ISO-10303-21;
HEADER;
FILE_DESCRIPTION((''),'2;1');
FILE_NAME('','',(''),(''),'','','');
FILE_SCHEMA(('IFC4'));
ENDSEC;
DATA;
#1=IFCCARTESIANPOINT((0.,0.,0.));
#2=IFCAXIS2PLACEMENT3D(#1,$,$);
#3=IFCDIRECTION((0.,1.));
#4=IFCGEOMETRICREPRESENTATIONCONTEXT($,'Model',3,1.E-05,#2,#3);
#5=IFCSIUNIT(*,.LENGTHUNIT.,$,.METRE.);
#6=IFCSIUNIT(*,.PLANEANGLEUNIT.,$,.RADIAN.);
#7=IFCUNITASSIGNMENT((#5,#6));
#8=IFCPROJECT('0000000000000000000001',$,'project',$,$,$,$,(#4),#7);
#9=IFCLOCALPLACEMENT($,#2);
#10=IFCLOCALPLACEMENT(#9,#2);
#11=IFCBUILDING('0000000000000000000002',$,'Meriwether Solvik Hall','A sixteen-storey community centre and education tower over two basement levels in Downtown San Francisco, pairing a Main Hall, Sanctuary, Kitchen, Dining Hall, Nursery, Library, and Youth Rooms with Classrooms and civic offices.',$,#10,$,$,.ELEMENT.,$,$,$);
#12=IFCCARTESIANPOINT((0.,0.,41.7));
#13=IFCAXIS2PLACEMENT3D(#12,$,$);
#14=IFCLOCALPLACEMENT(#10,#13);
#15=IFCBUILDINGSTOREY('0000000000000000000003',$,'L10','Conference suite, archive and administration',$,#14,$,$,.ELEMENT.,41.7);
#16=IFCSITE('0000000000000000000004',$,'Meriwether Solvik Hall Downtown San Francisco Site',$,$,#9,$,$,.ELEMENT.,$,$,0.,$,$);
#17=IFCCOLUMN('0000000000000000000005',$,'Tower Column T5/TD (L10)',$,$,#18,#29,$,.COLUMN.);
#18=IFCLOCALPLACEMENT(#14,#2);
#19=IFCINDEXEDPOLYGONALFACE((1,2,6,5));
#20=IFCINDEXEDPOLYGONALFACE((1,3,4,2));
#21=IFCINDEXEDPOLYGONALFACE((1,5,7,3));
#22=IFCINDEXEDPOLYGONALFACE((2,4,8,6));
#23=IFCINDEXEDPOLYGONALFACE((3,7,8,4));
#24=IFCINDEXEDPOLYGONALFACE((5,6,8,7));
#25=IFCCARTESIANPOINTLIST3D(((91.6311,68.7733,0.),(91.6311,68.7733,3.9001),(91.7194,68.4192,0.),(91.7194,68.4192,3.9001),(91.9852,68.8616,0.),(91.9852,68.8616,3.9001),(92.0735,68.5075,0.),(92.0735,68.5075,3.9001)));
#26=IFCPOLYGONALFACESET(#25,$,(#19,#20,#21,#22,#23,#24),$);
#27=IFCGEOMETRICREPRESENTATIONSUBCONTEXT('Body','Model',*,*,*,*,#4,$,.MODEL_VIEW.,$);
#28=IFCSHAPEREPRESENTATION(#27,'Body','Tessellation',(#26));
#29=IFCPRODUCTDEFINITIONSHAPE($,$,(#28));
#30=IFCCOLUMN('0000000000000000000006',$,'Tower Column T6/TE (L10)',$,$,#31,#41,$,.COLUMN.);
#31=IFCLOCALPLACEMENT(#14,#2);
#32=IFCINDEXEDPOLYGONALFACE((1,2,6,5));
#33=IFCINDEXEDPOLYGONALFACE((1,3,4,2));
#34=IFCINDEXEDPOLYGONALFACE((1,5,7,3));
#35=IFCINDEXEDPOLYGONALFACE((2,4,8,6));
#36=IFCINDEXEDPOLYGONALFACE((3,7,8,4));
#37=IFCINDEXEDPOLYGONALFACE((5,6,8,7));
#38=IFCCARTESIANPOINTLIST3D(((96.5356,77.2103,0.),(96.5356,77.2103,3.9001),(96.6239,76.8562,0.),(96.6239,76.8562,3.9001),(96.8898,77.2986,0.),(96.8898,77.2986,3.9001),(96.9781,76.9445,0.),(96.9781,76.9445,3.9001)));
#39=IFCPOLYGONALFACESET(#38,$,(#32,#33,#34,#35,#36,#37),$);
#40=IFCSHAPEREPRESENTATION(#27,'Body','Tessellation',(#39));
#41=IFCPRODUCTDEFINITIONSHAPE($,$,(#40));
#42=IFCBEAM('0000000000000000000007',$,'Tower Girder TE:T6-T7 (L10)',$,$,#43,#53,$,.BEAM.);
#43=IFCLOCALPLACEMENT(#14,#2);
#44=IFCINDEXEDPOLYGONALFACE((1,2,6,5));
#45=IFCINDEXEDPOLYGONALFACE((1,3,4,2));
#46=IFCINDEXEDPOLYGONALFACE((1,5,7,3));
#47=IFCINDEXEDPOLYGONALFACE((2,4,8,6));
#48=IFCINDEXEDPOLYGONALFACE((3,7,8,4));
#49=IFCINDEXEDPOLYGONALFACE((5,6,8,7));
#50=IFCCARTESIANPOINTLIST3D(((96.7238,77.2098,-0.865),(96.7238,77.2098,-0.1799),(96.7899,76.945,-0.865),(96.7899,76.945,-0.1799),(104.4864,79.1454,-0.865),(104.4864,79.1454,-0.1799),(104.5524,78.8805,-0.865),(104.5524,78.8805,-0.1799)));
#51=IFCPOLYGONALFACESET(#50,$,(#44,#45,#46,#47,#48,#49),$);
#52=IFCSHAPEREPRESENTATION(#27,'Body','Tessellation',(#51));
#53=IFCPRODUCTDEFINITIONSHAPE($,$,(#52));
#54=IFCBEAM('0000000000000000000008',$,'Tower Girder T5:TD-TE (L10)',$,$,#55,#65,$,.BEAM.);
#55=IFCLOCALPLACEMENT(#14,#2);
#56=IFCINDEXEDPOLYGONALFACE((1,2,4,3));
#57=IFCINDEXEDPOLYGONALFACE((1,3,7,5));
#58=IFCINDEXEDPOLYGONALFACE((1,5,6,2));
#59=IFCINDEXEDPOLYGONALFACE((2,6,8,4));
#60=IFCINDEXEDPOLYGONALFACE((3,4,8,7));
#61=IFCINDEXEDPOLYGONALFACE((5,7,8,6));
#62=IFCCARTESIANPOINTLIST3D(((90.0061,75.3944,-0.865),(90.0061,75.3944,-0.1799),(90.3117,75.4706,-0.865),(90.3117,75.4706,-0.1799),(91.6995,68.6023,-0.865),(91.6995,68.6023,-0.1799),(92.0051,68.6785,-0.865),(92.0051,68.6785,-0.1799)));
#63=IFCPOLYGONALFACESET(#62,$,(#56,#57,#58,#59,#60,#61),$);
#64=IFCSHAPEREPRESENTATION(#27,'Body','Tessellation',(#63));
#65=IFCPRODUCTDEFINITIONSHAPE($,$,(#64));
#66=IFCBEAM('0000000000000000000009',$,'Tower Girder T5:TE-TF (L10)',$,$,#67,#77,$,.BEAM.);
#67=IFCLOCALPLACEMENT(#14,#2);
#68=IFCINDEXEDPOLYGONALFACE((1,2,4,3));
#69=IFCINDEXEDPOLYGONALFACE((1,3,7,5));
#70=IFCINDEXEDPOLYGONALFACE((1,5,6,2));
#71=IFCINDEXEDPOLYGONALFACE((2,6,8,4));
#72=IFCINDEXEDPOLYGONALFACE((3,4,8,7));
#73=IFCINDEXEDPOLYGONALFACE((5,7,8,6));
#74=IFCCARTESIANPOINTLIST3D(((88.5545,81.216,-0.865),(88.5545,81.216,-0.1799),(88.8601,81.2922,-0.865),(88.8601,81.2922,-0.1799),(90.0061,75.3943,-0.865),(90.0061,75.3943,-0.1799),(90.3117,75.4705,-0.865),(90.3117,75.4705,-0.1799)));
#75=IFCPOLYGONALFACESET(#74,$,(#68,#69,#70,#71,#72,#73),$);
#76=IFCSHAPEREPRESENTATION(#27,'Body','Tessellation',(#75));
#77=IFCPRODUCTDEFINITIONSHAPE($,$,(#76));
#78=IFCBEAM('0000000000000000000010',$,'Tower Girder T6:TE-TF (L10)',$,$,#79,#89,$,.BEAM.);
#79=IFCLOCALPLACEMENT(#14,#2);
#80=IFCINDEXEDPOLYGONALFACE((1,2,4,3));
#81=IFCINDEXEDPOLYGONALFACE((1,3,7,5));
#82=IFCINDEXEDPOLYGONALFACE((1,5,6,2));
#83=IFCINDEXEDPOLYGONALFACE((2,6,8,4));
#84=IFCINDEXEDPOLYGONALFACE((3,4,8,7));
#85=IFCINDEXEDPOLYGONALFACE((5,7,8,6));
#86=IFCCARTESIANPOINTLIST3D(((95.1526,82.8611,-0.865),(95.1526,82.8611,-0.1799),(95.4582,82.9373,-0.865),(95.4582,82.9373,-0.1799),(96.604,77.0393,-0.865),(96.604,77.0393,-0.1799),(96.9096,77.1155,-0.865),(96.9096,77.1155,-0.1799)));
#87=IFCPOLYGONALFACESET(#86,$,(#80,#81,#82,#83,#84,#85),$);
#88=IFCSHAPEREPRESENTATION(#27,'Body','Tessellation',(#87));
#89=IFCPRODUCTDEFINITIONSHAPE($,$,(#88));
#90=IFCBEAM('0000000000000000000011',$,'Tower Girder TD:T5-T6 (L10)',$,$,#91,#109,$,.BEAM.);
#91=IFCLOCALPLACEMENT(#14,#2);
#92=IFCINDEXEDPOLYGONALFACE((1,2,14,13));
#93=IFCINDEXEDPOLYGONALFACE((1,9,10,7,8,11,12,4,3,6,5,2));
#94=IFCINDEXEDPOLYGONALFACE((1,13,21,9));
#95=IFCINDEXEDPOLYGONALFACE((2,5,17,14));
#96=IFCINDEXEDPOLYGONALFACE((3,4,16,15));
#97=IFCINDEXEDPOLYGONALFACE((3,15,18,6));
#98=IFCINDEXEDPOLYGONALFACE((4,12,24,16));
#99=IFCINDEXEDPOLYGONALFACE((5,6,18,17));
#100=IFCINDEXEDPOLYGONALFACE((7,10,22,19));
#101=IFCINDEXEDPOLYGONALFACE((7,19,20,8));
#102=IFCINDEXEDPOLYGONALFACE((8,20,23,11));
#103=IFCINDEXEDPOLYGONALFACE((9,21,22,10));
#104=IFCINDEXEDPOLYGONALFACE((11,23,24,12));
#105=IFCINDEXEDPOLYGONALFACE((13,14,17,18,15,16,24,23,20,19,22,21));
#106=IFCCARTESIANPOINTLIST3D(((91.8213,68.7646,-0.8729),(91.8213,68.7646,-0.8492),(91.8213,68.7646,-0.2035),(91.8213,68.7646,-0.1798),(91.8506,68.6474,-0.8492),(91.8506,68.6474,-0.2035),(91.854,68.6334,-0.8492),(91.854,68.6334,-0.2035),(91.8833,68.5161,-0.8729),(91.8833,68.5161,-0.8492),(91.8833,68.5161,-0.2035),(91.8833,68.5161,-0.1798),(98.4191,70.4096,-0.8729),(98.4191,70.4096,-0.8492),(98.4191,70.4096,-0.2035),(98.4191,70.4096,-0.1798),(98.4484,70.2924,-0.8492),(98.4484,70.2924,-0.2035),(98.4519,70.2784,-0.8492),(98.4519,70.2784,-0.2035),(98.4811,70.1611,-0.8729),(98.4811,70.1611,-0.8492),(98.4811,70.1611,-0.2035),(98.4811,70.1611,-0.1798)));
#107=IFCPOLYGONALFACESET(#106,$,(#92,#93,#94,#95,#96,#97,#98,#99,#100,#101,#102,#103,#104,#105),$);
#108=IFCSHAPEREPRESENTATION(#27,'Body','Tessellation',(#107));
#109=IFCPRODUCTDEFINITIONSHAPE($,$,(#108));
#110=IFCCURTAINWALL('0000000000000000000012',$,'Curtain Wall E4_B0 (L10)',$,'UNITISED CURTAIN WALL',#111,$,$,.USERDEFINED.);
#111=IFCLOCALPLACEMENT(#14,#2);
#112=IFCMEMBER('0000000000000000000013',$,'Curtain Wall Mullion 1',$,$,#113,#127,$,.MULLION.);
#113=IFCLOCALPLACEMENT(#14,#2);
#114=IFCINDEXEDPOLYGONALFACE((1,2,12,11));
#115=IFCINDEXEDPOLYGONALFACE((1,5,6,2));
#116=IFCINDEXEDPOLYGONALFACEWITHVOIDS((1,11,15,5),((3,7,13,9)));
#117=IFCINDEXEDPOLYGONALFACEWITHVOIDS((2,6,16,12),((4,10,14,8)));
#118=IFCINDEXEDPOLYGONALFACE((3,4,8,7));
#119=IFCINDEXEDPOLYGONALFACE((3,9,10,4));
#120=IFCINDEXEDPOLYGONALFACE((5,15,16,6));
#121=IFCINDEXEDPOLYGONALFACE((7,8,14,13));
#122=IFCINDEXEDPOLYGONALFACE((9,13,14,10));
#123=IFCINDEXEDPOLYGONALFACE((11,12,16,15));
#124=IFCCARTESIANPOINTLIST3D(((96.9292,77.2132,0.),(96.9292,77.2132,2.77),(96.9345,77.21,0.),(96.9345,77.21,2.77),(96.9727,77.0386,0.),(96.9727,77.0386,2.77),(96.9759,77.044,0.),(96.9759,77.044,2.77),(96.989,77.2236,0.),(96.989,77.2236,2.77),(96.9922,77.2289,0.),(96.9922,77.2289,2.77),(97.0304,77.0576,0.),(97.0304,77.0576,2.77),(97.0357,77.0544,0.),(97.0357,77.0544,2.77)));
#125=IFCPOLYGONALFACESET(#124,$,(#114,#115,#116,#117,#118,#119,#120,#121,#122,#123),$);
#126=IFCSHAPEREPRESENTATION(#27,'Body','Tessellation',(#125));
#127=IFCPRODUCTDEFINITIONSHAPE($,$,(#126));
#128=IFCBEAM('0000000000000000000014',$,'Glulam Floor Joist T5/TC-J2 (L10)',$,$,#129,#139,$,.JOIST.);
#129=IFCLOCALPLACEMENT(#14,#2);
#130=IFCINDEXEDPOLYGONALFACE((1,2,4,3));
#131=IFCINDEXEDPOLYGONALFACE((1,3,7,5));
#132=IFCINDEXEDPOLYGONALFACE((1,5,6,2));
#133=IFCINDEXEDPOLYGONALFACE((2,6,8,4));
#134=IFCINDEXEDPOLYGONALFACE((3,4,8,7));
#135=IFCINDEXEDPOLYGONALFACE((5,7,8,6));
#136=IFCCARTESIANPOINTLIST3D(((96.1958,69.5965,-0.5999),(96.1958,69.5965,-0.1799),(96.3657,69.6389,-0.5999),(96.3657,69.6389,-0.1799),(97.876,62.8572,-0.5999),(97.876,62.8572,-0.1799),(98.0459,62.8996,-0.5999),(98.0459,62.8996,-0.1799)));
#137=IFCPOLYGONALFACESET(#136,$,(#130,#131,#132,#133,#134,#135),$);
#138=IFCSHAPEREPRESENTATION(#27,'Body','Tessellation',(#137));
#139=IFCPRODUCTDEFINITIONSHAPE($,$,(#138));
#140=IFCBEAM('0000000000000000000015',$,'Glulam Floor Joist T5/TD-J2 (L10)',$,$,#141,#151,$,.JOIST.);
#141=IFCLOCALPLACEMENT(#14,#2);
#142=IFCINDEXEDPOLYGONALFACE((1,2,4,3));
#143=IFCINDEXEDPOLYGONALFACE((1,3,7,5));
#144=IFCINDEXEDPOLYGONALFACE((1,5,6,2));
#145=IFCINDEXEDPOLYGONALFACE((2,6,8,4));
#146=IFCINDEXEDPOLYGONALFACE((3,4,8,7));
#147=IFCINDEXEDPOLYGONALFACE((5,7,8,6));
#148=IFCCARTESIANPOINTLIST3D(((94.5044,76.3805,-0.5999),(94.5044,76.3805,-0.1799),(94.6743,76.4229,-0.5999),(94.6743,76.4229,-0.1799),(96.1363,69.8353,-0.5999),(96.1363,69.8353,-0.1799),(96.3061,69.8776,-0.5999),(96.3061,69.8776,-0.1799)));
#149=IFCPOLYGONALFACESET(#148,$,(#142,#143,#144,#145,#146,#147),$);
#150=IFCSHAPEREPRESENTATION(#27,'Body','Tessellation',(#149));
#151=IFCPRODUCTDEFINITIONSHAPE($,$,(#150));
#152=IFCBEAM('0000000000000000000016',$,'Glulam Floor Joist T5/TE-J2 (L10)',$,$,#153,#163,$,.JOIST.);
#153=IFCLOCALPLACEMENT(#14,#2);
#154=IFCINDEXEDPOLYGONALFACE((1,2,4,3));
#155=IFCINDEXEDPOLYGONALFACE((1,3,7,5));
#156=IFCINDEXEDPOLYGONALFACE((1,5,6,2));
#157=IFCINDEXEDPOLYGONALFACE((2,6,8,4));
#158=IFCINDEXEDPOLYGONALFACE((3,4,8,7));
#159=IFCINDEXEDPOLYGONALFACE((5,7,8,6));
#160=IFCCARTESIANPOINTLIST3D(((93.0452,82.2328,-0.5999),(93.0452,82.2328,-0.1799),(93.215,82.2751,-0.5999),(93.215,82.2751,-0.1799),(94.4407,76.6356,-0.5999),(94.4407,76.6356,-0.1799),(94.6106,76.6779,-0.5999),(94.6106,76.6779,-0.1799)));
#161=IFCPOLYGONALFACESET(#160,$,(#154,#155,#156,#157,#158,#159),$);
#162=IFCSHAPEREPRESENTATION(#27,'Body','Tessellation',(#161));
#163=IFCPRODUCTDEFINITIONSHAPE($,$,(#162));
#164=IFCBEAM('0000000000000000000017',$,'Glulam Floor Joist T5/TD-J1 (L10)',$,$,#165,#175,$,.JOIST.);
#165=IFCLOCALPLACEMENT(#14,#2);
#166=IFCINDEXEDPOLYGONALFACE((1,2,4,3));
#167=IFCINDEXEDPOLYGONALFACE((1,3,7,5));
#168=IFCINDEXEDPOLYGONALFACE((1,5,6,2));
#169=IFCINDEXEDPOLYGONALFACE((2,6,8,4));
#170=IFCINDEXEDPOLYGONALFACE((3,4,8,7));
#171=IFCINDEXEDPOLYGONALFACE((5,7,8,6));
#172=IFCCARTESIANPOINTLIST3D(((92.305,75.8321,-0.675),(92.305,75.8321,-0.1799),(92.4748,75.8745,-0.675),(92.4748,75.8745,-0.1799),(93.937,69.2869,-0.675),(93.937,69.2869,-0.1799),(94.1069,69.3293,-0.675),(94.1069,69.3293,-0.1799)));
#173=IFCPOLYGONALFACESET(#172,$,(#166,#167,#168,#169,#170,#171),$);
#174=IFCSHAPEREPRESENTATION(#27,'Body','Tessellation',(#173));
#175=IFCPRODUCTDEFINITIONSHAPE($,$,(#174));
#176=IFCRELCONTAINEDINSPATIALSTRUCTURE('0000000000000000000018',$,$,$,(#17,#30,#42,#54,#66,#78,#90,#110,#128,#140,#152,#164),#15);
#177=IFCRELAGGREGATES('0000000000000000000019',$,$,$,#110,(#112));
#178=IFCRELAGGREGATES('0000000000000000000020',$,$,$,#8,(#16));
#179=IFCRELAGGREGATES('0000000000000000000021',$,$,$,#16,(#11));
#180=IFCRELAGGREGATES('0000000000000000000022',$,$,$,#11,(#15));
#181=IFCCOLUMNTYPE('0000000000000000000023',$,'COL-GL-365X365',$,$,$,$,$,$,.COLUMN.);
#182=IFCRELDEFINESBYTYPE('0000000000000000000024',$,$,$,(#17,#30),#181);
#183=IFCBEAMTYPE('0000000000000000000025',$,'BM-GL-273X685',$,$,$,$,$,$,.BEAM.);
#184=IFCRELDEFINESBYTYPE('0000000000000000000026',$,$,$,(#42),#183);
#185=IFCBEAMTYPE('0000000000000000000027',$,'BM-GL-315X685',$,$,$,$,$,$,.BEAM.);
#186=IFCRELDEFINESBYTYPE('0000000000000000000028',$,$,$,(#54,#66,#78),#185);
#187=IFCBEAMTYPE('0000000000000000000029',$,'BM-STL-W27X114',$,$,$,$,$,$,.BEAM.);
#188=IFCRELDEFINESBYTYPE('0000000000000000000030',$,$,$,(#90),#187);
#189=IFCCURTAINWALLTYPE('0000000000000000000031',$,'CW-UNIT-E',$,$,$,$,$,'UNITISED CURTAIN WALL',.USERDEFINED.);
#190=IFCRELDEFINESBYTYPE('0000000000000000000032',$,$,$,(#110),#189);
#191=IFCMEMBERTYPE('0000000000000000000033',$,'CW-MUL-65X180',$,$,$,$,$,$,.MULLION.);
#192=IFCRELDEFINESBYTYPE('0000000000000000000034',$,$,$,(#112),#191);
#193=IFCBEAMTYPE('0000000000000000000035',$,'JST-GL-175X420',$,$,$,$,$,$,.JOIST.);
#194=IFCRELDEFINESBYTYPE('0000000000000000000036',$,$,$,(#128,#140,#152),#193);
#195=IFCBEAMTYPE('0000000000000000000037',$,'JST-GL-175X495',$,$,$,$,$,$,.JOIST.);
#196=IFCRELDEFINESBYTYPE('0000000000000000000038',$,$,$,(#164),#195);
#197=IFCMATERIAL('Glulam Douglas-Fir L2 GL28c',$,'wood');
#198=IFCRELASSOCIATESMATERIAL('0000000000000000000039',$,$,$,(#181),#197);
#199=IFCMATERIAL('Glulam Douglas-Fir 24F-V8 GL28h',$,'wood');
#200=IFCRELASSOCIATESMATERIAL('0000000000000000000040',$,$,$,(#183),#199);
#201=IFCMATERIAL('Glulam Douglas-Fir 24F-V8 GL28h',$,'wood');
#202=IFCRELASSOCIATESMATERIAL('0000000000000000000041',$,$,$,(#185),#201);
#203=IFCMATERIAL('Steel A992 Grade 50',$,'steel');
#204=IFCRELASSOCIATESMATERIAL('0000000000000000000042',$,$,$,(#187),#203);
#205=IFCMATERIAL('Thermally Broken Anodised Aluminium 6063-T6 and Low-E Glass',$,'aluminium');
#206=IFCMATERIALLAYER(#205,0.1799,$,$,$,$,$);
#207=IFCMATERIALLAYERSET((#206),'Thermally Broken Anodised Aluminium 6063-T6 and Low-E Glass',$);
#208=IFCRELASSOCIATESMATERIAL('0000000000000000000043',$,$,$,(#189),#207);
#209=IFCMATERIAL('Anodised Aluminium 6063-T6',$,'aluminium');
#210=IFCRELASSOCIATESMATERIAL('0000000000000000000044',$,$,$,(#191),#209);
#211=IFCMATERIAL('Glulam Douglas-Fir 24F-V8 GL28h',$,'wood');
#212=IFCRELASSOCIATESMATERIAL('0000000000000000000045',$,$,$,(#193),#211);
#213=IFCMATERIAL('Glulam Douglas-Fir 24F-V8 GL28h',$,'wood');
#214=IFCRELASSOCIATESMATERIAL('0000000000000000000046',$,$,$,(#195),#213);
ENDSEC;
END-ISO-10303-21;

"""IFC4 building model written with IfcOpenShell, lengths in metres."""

from ifc_helpers import new_model, si_unit, direction, frame, origin, origin_2d, place, context, subcontext, project, spatial, rectangle, hollow_rectangle, i_section, extrude, material, layer, layer_set, material_profile, profile_set, type_object, element, aggregate, save


model = new_model("IFC4")

# Units and contexts
model_context = context("Model", 3, precision=1e-05, world=origin(), true_north=direction((0.0, 1.0)))
body_context = subcontext(model_context, "Body", "Model", "MODEL_VIEW")
ifc_project = project(units=[si_unit("LENGTHUNIT", "METRE"), si_unit("PLANEANGLEUNIT", "RADIAN")], contexts=[model_context])

# Site, building, storey
site_placement = place(None, origin())
site = spatial("IfcSite", under=ifc_project, at=site_placement, Name="Meriwether Solvik Hall Downtown San Francisco Site", CompositionType="ELEMENT", RefElevation=0.0)
building_placement = place(site_placement, origin())
building = spatial("IfcBuilding", under=site, at=building_placement, Name="Meriwether Solvik Hall", Description="A sixteen-storey community centre and education tower over two basement levels in Downtown San Francisco, pairing a Main Hall, Sanctuary, Kitchen, Dining Hall, Nursery, Library, and Youth Rooms with Classrooms and civic offices.", CompositionType="ELEMENT")
storey_placement = place(building_placement, frame((0.0, 0.0, 41.7)))
storey = spatial("IfcBuildingStorey", under=building, at=storey_placement, Name="L10", Description="Conference suite, archive and administration", CompositionType="ELEMENT", Elevation=41.7)

# Columns
ifc_material_1 = material(Name="Glulam Douglas-Fir L2 GL28c", Category="wood")
ifc_material_profile_1 = material_profile(ifc_material_1, rectangle(XDim=0.365, YDim=0.365, at=origin_2d()), Name="GLC-365X365")
ifc_profile_set_1 = profile_set([ifc_material_profile_1], Name="Glulam Douglas-Fir L2 GL28c")
column_type = type_object("IfcColumnType", Name="COL-GL-365X365", PredefinedType="COLUMN", material=ifc_profile_set_1)
for number, where, z_axis, x_axis, name in (
    (1, (91.8523, 68.6404, 0.0), (0.0, 0.0, 1.0), (0.970296, 0.241922, 0.0), "Tower Column T5/TD (L10)"),
    (2, (96.7568, 77.0774, 0.0), (0.0, 0.0, 1.0), (0.970296, 0.241922, 0.0), "Tower Column T6/TE (L10)"),
):
    element("IfcColumn", number, at=place(storey_placement, frame(where, z_axis=z_axis, x_axis=x_axis)), inside=storey, type_object=column_type, Name=name, PredefinedType="COLUMN", context=body_context, shape_type="SweptSolid", body=[
        extrude(rectangle(XDim=0.365, YDim=0.365, at=origin_2d()), origin(), (0.0, 0.0, 1.0), 3.9001),
    ])

# Beams
ifc_material_2 = material(Name="Glulam Douglas-Fir 24F-V8 GL28h", Category="wood")
ifc_material_profile_2 = material_profile(ifc_material_2, rectangle(XDim=0.2729, YDim=0.6851, at=origin_2d()), Name="GLB-273X685")
ifc_profile_set_2 = profile_set([ifc_material_profile_2], Name="Glulam Douglas-Fir 24F-V8 GL28h")
beam_type_1 = type_object("IfcBeamType", Name="BM-GL-273X685", PredefinedType="BEAM", material=ifc_profile_set_2)
beam_1_placement = place(storey_placement, frame((96.7568, 77.0774, -0.5225), z_axis=(0.970291, 0.24194, 0.0), x_axis=(-0.24194, 0.970291, 0.0)))
element("IfcBeam", 3, at=beam_1_placement, inside=storey, type_object=beam_type_1, Name="Tower Girder TE:T6-T7 (L10)", PredefinedType="BEAM", context=body_context, shape_type="SweptSolid", body=[
    extrude(rectangle(XDim=0.2729, YDim=0.6851, at=origin_2d()), origin(), (0.0, 0.0, 1.0), 8.0002),
])
ifc_material_3 = material(Name="Glulam Douglas-Fir 24F-V8 GL28h", Category="wood")
ifc_material_profile_3 = material_profile(ifc_material_3, rectangle(XDim=0.3149, YDim=0.6851, at=origin_2d()), Name="GLB-315X685")
ifc_profile_set_3 = profile_set([ifc_material_profile_3], Name="Glulam Douglas-Fir 24F-V8 GL28h")
beam_type_2 = type_object("IfcBeamType", Name="BM-GL-315X685", PredefinedType="BEAM", material=ifc_profile_set_3)
beam_2_placement = place(storey_placement, frame((91.8523, 68.6404, -0.5225), z_axis=(-0.241912, 0.970298, 0.0), x_axis=(-0.970298, -0.241912, 0.0)))
element("IfcBeam", 4, at=beam_2_placement, inside=storey, type_object=beam_type_2, Name="Tower Girder T5:TD-TE (L10)", PredefinedType="BEAM", context=body_context, shape_type="SweptSolid", body=[
    extrude(rectangle(XDim=0.3149, YDim=0.6851, at=origin_2d()), origin(), (0.0, 0.0, 1.0), 7.0),
])
for number, where, z_axis, x_axis, name in (
    (5, (90.1589, 75.4324, -0.5225), (-0.241942, 0.970291, 0.0), (-0.970291, -0.241942, 0.0), "Tower Girder T5:TE-TF (L10)"),
    (6, (96.7568, 77.0774, -0.5225), (-0.241904, 0.9703, 0.0), (-0.9703, -0.241904, 0.0), "Tower Girder T6:TE-TF (L10)"),
):
    element("IfcBeam", number, at=place(storey_placement, frame(where, z_axis=z_axis, x_axis=x_axis)), inside=storey, type_object=beam_type_2, Name=name, PredefinedType="BEAM", context=body_context, shape_type="SweptSolid", body=[
        extrude(rectangle(XDim=0.3149, YDim=0.6851, at=origin_2d()), origin(), (0.0, 0.0, 1.0), 6.0),
    ])
ifc_material_4 = material(Name="Steel A992 Grade 50", Category="steel")
ifc_material_profile_4 = material_profile(ifc_material_4, i_section(OverallWidth=0.2561, OverallDepth=0.6931, WebThickness=0.0144, FlangeThickness=0.0237, at=origin_2d()), Name="W27X114")
ifc_profile_set_4 = profile_set([ifc_material_profile_4], Name="Steel A992 Grade 50")
beam_type_3 = type_object("IfcBeamType", Name="BM-STL-W27X114", PredefinedType="BEAM", material=ifc_profile_set_4)
beam_3_placement = place(storey_placement, frame((91.8523, 68.6404, -0.5264), z_axis=(0.970296, 0.241919, 0.0), x_axis=(-0.241919, 0.970296, 0.0)))
element("IfcBeam", 7, at=beam_3_placement, inside=storey, type_object=beam_type_3, Name="Tower Girder TD:T5-T6 (L10)", PredefinedType="BEAM", context=body_context, shape_type="SweptSolid", body=[
    extrude(i_section(OverallWidth=0.2561, OverallDepth=0.6931, WebThickness=0.0144, FlangeThickness=0.0237, at=origin_2d()), origin(), (0.0, 0.0, 1.0), 6.7998),
])

# Curtain wall, member
ifc_material_5 = material(Name="Thermally Broken Anodised Aluminium 6063-T6 and Low-E Glass", Category="aluminium")
ifc_layer_1 = layer(ifc_material_5, 0.1799)
ifc_layer_set_1 = layer_set([ifc_layer_1], Name="Thermally Broken Anodised Aluminium 6063-T6 and Low-E Glass")
curtain_wall_type = type_object("IfcCurtainWallType", Name="CW-UNIT-E", ElementType="UNITISED CURTAIN WALL", PredefinedType="USERDEFINED", material=ifc_layer_set_1)
curtain_wall_placement = place(storey_placement, origin())
curtain_wall = element("IfcCurtainWall", 8, at=curtain_wall_placement, inside=storey, type_object=curtain_wall_type, Name="Curtain Wall E4_B0 (L10)", ObjectType="UNITISED CURTAIN WALL", PredefinedType="USERDEFINED")
ifc_material_6 = material(Name="Anodised Aluminium 6063-T6", Category="aluminium")
ifc_material_profile_5 = material_profile(ifc_material_6, hollow_rectangle(XDim=0.0649, YDim=0.1799, WallThickness=0.0044, at=origin_2d()), Name="CWM-65X180")
ifc_profile_set_5 = profile_set([ifc_material_profile_5], Name="Anodised Aluminium 6063-T6")
member_type_1 = type_object("IfcMemberType", Name="CW-MUL-65X180", PredefinedType="MULLION", material=ifc_profile_set_5)
member_1_placement = place(storey_placement, frame((96.9824, 77.1338, 0.0), z_axis=(0.0, 0.0, 1.0), x_axis=(0.970296, 0.241922, 0.0)))
member_1 = element("IfcMember", 9, at=member_1_placement, type_object=member_type_1, Name="Curtain Wall Mullion 1", PredefinedType="MULLION", context=body_context, shape_type="SweptSolid", body=[
    extrude(hollow_rectangle(XDim=0.0649, YDim=0.1799, WallThickness=0.0044, at=origin_2d()), origin(), (0.0, 0.0, 1.0), 2.77),
])
aggregate(curtain_wall, [member_1])

# Beams
ifc_material_7 = material(Name="Glulam Douglas-Fir 24F-V8 GL28h", Category="wood")
ifc_material_profile_6 = material_profile(ifc_material_7, rectangle(XDim=0.175, YDim=0.4199, at=origin_2d()), Name="GLJ-175X420")
ifc_profile_set_6 = profile_set([ifc_material_profile_6], Name="Glulam Douglas-Fir 24F-V8 GL28h")
beam_type_4 = type_object("IfcBeamType", Name="JST-GL-175X420", PredefinedType="JOIST", material=ifc_profile_set_6)
beam_4_placement = place(storey_placement, frame((97.9609, 62.8784, -0.3899), z_axis=(-0.241907, 0.970299, 0.0), x_axis=(-0.970299, -0.241907, 0.0)))
element("IfcBeam", 10, at=beam_4_placement, inside=storey, type_object=beam_type_4, Name="Glulam Floor Joist T5/TC-J2 (L10)", PredefinedType="JOIST", context=body_context, shape_type="SweptSolid", body=[
    extrude(rectangle(XDim=0.175, YDim=0.4199, at=origin_2d()), origin(), (0.0, 0.0, 1.0), 6.9456),
])
beam_5_placement = place(storey_placement, frame((96.2212, 69.8564, -0.3899), z_axis=(-0.241914, 0.970298, 0.0), x_axis=(-0.970298, -0.241914, 0.0)))
element("IfcBeam", 11, at=beam_5_placement, inside=storey, type_object=beam_type_4, Name="Glulam Floor Joist T5/TD-J2 (L10)", PredefinedType="JOIST", context=body_context, shape_type="SweptSolid", body=[
    extrude(rectangle(XDim=0.175, YDim=0.4199, at=origin_2d()), origin(), (0.0, 0.0, 1.0), 6.7456),
])
beam_6_placement = place(storey_placement, frame((94.5256, 76.6567, -0.3899), z_axis=(-0.241918, 0.970297, 0.0), x_axis=(-0.970297, -0.241918, 0.0)))
element("IfcBeam", 12, at=beam_6_placement, inside=storey, type_object=beam_type_4, Name="Glulam Floor Joist T5/TE-J2 (L10)", PredefinedType="JOIST", context=body_context, shape_type="SweptSolid", body=[
    extrude(rectangle(XDim=0.175, YDim=0.4199, at=origin_2d()), origin(), (0.0, 0.0, 1.0), 5.7686),
])
ifc_material_8 = material(Name="Glulam Douglas-Fir 24F-V8 GL28h", Category="wood")
ifc_material_profile_7 = material_profile(ifc_material_8, rectangle(XDim=0.175, YDim=0.4951, at=origin_2d()), Name="GLJ-175X495")
ifc_profile_set_7 = profile_set([ifc_material_profile_7], Name="Glulam Douglas-Fir 24F-V8 GL28h")
beam_type_5 = type_object("IfcBeamType", Name="JST-GL-175X495", PredefinedType="JOIST", material=ifc_profile_set_7)
beam_7_placement = place(storey_placement, frame((94.022, 69.3081, -0.4275), z_axis=(-0.241948, 0.970289, 0.0), x_axis=(-0.970289, -0.241948, 0.0)))
element("IfcBeam", 13, at=beam_7_placement, inside=storey, type_object=beam_type_5, Name="Glulam Floor Joist T5/TD-J1 (L10)", PredefinedType="JOIST", context=body_context, shape_type="SweptSolid", body=[
    extrude(rectangle(XDim=0.175, YDim=0.4951, at=origin_2d()), origin(), (0.0, 0.0, 1.0), 6.7456),
])

save(model, "model.ifc")
